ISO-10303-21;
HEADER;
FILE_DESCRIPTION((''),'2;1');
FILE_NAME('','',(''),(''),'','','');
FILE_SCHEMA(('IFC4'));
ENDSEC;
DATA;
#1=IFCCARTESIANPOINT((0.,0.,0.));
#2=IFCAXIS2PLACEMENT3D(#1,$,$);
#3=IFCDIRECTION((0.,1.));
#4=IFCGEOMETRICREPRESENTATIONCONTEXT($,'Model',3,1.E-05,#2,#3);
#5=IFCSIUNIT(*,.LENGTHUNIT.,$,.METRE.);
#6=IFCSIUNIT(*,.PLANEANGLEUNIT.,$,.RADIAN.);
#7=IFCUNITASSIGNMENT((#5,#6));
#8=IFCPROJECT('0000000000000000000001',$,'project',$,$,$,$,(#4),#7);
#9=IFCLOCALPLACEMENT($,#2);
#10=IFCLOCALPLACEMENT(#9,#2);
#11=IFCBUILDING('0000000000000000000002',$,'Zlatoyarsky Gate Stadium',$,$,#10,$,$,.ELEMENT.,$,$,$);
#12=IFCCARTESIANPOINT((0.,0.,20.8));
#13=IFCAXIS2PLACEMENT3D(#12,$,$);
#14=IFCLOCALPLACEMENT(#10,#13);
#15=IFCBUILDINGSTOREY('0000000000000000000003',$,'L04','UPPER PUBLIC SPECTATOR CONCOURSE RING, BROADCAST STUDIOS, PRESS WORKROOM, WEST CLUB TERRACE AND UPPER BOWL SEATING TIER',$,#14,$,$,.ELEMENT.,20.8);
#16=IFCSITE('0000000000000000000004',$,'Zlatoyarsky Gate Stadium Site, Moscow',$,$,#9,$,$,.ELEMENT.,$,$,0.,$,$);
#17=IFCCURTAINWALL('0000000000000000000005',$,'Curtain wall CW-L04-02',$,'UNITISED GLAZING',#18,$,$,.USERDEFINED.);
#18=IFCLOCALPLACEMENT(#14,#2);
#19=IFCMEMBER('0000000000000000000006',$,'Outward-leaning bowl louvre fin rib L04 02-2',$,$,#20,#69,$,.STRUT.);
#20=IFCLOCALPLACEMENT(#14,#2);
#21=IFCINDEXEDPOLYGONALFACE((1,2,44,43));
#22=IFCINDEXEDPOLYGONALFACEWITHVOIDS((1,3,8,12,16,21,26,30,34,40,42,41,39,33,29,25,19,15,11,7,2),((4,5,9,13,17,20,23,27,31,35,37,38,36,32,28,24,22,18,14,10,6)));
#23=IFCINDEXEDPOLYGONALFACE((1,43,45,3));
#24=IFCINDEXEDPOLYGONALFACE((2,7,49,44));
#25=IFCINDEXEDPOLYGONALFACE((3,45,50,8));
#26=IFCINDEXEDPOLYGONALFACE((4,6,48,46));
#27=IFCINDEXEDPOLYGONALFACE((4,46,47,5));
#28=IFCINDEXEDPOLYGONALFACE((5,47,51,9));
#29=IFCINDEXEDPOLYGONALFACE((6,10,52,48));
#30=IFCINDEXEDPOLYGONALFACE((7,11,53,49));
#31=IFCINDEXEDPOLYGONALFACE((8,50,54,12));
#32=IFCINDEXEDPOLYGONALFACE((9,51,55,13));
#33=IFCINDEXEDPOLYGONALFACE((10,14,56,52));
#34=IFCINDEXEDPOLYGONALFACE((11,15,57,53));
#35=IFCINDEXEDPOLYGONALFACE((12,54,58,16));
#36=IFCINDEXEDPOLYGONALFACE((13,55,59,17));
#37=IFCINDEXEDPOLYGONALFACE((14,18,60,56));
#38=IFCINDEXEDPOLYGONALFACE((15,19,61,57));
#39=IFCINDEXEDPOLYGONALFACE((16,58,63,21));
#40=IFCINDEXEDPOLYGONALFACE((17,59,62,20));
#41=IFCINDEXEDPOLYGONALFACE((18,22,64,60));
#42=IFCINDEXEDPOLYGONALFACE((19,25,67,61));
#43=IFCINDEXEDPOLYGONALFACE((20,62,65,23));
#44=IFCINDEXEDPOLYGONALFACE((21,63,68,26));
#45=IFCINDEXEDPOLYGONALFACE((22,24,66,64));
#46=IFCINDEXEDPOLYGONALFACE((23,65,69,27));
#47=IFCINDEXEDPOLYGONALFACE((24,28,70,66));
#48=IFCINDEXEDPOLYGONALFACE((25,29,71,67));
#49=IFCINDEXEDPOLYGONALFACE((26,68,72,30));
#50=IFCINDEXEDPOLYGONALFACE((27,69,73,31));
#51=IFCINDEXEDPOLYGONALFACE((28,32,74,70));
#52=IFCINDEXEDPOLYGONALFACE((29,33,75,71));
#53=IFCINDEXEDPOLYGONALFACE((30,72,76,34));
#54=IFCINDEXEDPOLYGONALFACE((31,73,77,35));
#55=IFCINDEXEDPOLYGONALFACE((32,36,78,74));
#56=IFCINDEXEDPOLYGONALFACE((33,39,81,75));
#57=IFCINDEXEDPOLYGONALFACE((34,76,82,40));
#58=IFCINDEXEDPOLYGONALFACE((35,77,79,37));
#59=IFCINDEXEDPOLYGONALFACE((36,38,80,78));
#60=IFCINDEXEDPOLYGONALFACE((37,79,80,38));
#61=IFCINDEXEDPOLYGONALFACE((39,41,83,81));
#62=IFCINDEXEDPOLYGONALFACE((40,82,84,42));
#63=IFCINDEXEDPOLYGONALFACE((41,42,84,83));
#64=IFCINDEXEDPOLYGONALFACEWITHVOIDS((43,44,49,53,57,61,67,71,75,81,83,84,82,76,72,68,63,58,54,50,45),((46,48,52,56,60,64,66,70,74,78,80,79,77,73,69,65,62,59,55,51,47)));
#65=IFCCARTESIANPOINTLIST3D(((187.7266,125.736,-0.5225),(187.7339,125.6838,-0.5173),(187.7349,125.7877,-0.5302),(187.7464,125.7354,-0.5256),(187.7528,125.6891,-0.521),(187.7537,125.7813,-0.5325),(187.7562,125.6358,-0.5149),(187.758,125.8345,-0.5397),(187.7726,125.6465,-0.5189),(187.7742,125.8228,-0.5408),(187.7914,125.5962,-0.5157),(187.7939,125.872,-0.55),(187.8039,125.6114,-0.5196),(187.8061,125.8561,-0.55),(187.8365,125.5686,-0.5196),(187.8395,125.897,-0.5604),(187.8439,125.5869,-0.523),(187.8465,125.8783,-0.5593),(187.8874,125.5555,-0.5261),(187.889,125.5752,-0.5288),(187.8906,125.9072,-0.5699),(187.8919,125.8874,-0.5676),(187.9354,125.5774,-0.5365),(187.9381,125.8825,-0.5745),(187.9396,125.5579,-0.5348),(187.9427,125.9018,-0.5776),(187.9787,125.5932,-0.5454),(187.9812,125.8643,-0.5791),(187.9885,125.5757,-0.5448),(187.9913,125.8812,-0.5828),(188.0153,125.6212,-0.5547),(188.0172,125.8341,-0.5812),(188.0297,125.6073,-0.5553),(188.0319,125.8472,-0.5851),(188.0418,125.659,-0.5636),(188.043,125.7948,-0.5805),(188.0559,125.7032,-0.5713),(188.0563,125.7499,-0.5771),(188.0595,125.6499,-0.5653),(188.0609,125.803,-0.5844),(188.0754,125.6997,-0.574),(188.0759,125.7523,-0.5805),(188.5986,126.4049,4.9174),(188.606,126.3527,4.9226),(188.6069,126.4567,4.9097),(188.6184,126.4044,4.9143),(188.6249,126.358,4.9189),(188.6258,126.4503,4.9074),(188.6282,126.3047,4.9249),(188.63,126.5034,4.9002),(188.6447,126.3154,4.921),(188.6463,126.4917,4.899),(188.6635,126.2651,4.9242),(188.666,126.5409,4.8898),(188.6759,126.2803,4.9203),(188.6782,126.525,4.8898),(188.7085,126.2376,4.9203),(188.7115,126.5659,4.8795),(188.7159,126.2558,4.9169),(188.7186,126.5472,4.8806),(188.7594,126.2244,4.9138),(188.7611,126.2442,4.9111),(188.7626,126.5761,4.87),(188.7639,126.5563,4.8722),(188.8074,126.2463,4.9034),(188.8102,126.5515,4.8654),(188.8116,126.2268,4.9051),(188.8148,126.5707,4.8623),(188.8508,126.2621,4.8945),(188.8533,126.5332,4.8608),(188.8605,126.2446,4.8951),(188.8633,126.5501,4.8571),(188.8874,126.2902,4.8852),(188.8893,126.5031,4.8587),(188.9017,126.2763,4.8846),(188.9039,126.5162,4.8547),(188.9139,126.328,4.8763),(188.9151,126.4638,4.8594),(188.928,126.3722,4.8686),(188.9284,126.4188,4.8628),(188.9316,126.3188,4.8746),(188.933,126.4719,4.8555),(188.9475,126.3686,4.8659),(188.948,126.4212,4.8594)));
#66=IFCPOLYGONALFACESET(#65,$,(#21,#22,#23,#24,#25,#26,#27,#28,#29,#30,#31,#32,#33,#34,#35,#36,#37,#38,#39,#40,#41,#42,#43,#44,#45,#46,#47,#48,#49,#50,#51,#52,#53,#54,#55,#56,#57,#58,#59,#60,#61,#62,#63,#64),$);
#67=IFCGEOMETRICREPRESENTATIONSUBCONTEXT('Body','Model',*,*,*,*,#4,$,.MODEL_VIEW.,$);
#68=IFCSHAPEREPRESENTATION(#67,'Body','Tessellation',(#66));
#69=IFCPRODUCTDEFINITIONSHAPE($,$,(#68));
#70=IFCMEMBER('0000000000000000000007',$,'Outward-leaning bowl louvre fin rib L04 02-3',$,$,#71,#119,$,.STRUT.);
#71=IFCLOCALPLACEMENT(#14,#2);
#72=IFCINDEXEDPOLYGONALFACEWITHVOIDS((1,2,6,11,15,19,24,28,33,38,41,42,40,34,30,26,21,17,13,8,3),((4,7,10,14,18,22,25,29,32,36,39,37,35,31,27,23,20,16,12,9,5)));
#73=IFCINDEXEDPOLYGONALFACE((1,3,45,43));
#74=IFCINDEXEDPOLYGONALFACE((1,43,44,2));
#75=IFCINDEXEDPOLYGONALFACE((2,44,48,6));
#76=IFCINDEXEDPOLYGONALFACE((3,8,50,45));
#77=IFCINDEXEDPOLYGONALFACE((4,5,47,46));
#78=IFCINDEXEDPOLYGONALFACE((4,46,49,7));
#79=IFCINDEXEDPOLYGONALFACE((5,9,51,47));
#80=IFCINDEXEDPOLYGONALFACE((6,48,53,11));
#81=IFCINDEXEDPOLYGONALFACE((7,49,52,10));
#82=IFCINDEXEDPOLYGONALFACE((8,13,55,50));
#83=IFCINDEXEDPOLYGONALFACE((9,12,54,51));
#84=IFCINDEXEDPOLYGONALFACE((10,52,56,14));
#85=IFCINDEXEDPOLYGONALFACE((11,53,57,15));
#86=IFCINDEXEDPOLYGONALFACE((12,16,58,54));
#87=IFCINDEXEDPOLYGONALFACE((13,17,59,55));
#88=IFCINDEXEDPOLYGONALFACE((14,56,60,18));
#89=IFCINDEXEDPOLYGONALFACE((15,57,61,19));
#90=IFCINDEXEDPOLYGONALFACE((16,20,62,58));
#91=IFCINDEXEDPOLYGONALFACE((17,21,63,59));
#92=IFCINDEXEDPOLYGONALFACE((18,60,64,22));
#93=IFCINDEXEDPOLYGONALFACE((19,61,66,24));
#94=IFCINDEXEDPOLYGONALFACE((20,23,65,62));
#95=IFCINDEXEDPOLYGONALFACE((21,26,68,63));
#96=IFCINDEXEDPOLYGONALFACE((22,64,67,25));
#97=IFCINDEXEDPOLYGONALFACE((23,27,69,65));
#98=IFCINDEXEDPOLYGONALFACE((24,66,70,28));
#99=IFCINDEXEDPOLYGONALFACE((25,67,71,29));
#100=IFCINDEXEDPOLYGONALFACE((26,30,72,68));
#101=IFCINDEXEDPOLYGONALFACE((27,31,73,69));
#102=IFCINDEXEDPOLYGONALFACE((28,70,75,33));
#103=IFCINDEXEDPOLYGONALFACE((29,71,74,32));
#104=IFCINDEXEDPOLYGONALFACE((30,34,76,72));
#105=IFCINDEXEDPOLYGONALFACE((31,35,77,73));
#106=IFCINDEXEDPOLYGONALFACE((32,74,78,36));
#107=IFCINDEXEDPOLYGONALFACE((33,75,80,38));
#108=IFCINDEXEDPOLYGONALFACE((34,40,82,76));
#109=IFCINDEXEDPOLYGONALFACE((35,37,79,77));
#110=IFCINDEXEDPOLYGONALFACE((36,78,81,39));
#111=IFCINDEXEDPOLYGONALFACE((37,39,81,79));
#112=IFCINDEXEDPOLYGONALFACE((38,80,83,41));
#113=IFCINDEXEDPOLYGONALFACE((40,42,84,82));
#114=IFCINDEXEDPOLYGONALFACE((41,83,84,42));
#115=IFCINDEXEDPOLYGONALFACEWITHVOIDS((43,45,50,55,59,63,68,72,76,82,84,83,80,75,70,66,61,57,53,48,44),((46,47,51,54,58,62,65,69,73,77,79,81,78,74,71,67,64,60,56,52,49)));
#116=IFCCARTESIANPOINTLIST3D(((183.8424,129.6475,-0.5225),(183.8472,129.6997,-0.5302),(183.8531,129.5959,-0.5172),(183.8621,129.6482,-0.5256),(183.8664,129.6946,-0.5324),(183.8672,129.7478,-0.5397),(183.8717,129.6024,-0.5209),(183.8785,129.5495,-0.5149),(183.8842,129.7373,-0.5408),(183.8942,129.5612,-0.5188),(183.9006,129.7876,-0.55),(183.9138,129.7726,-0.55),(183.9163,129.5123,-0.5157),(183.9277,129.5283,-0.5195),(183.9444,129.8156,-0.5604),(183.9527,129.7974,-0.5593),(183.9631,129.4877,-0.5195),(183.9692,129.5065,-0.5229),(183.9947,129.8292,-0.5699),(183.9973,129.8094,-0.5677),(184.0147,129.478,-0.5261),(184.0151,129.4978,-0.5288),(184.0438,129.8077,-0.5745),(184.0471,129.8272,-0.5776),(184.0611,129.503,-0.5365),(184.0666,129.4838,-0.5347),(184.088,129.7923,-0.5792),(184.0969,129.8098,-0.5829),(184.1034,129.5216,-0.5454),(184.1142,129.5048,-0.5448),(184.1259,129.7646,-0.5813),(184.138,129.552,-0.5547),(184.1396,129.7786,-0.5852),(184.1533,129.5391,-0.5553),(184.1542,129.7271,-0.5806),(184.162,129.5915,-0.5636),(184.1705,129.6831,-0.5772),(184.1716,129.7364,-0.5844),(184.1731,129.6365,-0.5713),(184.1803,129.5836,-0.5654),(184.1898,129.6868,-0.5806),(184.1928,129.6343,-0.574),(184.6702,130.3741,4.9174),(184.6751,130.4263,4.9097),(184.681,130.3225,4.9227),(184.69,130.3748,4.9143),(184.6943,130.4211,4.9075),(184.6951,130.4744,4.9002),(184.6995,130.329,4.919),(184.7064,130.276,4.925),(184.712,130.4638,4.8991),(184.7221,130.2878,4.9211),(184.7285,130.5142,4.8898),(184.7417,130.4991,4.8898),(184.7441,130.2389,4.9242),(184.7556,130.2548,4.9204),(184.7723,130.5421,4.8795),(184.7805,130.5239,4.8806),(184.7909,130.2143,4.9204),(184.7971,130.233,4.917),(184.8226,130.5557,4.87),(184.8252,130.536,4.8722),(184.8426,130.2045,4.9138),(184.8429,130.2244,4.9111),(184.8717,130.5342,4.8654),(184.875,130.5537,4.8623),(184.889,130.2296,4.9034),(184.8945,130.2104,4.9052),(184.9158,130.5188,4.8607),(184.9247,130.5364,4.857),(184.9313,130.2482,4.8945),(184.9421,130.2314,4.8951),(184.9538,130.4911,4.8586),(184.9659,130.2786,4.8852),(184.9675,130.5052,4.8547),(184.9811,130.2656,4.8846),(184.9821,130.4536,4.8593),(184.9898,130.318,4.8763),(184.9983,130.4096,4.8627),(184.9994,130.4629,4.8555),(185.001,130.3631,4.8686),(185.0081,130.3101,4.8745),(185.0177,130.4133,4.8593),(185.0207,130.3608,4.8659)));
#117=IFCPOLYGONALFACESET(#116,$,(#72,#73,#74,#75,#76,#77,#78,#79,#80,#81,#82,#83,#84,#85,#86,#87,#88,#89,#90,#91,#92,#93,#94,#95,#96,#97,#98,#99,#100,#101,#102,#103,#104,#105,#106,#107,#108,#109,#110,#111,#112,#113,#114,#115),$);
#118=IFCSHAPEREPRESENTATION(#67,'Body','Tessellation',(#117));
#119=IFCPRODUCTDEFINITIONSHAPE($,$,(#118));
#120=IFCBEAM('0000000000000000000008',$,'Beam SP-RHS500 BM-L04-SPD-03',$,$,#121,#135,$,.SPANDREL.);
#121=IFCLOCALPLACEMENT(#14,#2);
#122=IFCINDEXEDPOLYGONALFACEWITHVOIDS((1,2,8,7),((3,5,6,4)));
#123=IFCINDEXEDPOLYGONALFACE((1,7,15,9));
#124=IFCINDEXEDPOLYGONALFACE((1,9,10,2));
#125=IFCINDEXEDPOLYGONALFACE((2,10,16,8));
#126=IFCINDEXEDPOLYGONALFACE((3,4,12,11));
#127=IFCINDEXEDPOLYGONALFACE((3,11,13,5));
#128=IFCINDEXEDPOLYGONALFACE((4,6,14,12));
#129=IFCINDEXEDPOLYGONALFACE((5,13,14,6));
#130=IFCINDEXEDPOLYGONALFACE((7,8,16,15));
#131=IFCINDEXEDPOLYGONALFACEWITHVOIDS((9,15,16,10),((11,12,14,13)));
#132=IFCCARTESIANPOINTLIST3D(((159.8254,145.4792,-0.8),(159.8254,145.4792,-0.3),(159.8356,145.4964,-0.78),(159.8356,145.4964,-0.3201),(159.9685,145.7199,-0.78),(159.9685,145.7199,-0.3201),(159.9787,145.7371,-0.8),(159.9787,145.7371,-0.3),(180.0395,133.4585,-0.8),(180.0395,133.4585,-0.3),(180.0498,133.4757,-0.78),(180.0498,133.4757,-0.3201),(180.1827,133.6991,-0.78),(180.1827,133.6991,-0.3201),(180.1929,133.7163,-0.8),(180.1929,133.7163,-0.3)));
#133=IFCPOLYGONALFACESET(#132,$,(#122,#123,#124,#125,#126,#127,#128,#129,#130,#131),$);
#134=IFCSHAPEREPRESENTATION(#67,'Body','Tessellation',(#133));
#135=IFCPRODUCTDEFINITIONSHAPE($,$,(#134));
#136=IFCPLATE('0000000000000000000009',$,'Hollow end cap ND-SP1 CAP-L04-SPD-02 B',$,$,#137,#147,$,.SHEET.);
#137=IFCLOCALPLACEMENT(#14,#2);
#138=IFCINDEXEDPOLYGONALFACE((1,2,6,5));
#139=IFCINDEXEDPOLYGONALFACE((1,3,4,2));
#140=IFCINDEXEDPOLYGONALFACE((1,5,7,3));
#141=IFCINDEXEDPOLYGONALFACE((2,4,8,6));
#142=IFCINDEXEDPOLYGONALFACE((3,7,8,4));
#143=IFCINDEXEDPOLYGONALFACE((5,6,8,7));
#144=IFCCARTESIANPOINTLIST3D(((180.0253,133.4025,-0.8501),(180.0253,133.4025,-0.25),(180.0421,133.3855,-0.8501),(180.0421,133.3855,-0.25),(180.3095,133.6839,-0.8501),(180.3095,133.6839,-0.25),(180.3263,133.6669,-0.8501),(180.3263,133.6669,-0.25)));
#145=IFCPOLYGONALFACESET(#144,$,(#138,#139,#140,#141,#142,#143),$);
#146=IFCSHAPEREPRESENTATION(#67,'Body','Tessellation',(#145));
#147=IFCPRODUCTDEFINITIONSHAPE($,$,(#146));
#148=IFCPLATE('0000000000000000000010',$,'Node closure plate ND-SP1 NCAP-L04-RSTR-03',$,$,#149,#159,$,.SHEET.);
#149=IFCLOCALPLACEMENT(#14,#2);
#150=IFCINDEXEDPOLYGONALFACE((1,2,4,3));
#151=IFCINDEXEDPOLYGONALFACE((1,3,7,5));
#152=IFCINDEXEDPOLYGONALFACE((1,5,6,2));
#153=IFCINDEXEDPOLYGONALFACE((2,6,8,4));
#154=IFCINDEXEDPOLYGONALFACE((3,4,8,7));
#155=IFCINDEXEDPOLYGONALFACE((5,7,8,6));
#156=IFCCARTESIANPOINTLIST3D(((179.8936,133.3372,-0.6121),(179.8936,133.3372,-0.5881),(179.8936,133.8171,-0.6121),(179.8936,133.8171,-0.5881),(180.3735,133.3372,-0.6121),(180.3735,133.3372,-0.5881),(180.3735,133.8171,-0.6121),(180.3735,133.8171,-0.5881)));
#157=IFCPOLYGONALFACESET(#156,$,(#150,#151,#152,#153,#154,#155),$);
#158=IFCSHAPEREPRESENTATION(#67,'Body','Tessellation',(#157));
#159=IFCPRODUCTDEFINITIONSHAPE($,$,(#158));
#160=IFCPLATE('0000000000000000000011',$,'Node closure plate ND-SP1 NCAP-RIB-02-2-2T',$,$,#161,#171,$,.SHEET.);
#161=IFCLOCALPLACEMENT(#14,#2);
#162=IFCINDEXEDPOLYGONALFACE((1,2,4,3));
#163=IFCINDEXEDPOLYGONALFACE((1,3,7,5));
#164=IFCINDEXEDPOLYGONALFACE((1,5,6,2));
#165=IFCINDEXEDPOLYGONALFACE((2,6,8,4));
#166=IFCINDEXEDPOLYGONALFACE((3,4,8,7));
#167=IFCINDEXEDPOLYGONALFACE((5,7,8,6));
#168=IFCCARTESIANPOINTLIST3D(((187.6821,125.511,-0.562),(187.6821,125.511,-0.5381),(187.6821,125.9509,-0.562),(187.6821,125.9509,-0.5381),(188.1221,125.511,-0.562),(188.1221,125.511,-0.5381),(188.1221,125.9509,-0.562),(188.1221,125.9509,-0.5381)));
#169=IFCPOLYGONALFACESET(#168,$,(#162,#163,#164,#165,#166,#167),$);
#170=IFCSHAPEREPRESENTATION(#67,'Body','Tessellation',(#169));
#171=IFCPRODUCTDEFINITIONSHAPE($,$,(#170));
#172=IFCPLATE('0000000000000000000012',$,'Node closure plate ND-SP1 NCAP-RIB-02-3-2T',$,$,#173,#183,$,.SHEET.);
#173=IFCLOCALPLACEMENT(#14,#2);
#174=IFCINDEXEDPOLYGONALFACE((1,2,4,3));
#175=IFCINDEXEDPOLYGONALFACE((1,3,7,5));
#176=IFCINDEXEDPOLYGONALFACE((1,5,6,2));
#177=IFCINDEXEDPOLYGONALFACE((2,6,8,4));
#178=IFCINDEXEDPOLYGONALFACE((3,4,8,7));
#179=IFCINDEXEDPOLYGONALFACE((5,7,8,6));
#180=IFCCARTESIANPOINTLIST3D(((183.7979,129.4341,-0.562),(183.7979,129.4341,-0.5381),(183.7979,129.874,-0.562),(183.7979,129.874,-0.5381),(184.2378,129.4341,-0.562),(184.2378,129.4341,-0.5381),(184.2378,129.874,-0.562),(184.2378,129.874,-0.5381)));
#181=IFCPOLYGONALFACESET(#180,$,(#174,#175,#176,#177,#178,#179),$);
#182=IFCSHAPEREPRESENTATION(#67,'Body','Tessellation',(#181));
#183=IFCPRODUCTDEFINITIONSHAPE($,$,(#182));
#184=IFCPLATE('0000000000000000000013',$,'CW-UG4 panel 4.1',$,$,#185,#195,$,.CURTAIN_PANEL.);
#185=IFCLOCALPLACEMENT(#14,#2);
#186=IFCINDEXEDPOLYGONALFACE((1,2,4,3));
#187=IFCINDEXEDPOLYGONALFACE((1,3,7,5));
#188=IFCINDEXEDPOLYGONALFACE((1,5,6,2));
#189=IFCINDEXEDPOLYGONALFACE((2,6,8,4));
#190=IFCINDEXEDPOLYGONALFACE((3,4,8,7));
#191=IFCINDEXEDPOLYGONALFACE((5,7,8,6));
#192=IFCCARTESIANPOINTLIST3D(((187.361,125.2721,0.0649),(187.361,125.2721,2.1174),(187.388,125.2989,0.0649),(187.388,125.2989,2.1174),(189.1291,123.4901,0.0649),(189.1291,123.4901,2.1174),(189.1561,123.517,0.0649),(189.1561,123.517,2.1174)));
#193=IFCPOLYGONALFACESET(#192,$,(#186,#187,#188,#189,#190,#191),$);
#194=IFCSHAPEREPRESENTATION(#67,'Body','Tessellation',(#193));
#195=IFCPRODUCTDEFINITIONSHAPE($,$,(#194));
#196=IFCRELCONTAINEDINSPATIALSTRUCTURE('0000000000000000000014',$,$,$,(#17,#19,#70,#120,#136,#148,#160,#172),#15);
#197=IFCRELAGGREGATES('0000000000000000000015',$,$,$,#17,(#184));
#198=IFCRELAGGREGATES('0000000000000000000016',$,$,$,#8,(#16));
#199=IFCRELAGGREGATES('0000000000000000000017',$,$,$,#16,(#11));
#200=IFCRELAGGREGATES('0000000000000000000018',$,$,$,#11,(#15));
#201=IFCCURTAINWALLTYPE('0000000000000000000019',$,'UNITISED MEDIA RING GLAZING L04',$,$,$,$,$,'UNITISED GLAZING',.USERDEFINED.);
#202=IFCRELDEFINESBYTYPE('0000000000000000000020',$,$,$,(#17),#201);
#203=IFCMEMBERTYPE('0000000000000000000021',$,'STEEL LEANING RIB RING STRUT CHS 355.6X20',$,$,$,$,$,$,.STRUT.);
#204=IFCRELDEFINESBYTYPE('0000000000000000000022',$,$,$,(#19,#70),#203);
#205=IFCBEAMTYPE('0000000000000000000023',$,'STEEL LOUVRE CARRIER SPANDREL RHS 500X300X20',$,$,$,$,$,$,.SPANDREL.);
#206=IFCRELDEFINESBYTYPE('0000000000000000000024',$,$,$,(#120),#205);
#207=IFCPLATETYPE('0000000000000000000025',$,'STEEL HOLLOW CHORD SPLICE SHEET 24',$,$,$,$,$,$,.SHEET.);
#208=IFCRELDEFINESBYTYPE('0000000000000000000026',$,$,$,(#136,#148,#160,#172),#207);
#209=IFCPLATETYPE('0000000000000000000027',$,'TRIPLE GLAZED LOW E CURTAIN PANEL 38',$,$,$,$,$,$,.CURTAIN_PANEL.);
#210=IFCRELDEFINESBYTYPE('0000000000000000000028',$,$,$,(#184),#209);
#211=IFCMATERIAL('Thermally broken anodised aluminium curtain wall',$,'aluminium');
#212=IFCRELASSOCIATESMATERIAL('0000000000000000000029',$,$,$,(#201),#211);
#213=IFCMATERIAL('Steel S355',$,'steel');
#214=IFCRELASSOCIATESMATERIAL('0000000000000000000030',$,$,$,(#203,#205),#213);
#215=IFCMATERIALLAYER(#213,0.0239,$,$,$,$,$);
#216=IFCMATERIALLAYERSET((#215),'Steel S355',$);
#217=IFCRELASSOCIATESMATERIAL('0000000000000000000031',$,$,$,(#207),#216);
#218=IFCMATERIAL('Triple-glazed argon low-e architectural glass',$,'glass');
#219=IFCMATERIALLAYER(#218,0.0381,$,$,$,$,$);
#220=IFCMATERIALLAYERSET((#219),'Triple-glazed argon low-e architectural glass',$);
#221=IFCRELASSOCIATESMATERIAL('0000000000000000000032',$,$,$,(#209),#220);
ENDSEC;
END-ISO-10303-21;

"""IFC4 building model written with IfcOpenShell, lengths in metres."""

from ifc_helpers import new_model, si_unit, direction, frame, origin, origin_2d, place, context, subcontext, project, spatial, rectangle, hollow_rectangle, hollow_circle, extrude, material, layer, layer_set, material_profile, profile_set, type_object, element, aggregate, save


model = new_model("IFC4")

# Units and contexts
model_context = context("Model", 3, precision=1e-05, world=origin(), true_north=direction((0.0, 1.0)))
body_context = subcontext(model_context, "Body", "Model", "MODEL_VIEW")
ifc_project = project(units=[si_unit("LENGTHUNIT", "METRE"), si_unit("PLANEANGLEUNIT", "RADIAN")], contexts=[model_context])

# Site, building, storey
site_placement = place(None, origin())
site = spatial("IfcSite", under=ifc_project, at=site_placement, Name="Zlatoyarsky Gate Stadium Site, Moscow", CompositionType="ELEMENT", RefElevation=0.0)
building_placement = place(site_placement, origin())
building = spatial("IfcBuilding", under=site, at=building_placement, Name="Zlatoyarsky Gate Stadium", CompositionType="ELEMENT")
storey_placement = place(building_placement, frame((0.0, 0.0, 20.8)))
storey = spatial("IfcBuildingStorey", under=building, at=storey_placement, Name="L04", Description="UPPER PUBLIC SPECTATOR CONCOURSE RING, BROADCAST STUDIOS, PRESS WORKROOM, WEST CLUB TERRACE AND UPPER BOWL SEATING TIER", CompositionType="ELEMENT", Elevation=20.8)

# Curtain wall
ifc_material_1 = material(Name="Thermally broken anodised aluminium curtain wall", Category="aluminium")
curtain_wall_type = type_object("IfcCurtainWallType", Name="UNITISED MEDIA RING GLAZING L04", ElementType="UNITISED GLAZING", PredefinedType="USERDEFINED", material=ifc_material_1)
curtain_wall_placement = place(storey_placement, origin())
curtain_wall = element("IfcCurtainWall", 1, at=curtain_wall_placement, inside=storey, type_object=curtain_wall_type, Name="Curtain wall CW-L04-02", ObjectType="UNITISED GLAZING", PredefinedType="USERDEFINED")

# Members
ifc_material_2 = material(Name="Steel S355", Category="steel")
ifc_material_profile_1 = material_profile(ifc_material_2, hollow_circle(Radius=0.1777, WallThickness=0.02, at=origin_2d()), Name="CHS 355.6X20")
ifc_profile_set_1 = profile_set([ifc_material_profile_1], Name="Steel S355")
member_type_1 = type_object("IfcMemberType", Name="STEEL LEANING RIB RING STRUT CHS 355.6X20", PredefinedType="STRUT", material=ifc_profile_set_1)
member_1_placement = place(storey_placement, frame((187.9021, 125.731, -0.55), z_axis=(0.157134, 0.120534, 0.980194), x_axis=(-0.608637, 0.793449, 0.0)))
element("IfcMember", 2, at=member_1_placement, inside=storey, type_object=member_type_1, Name="Outward-leaning bowl louvre fin rib L04 02-2", PredefinedType="STRUT", context=body_context, shape_type="SweptSolid", body=[
    extrude(hollow_circle(Radius=0.1777, WallThickness=0.02, at=origin_2d()), origin(), (0.0, 0.0, 1.0), 5.5498),
])
member_2_placement = place(storey_placement, frame((184.0178, 129.6541, -0.55), z_axis=(0.149159, 0.130904, 0.98011), x_axis=(-0.659618, 0.751601, 0.0)))
element("IfcMember", 3, at=member_2_placement, inside=storey, type_object=member_type_1, Name="Outward-leaning bowl louvre fin rib L04 02-3", PredefinedType="STRUT", context=body_context, shape_type="SweptSolid", body=[
    extrude(hollow_circle(Radius=0.1777, WallThickness=0.02, at=origin_2d()), origin(), (0.0, 0.0, 1.0), 5.5503),
])

# Beam
ifc_material_profile_2 = material_profile(ifc_material_2, hollow_rectangle(XDim=0.3, YDim=0.5, WallThickness=0.02, at=origin_2d()), Name="RHS 500X300X20")
ifc_profile_set_2 = profile_set([ifc_material_profile_2], Name="Steel S355")
beam_type = type_object("IfcBeamType", Name="STEEL LOUVRE CARRIER SPANDREL RHS 500X300X20", PredefinedType="SPANDREL", material=ifc_profile_set_2)
beam_placement = place(storey_placement, frame((180.1162, 133.5874, -0.55), z_axis=(-0.859507, 0.511124, 0.0), x_axis=(-0.511124, -0.859507, 0.0)))
element("IfcBeam", 4, at=beam_placement, inside=storey, type_object=beam_type, Name="Beam SP-RHS500 BM-L04-SPD-03", PredefinedType="SPANDREL", context=body_context, shape_type="SweptSolid", body=[
    extrude(hollow_rectangle(XDim=0.3, YDim=0.5, WallThickness=0.02, at=origin_2d()), origin(), (0.0, 0.0, 1.0), 23.5183),
])

# Plates
ifc_layer_1 = layer(ifc_material_2, 0.0239)
ifc_layer_set_1 = layer_set([ifc_layer_1], Name="Steel S355")
plate_type_1 = type_object("IfcPlateType", Name="STEEL HOLLOW CHORD SPLICE SHEET 24", PredefinedType="SHEET", material=ifc_layer_set_1)
plate_1_placement = place(storey_placement, frame((180.1758, 133.5347, -0.8501), z_axis=(0.0, 0.0, 1.0), x_axis=(-0.703591, 0.710605, 0.0)))
element("IfcPlate", 5, at=plate_1_placement, inside=storey, type_object=plate_type_1, Name="Hollow end cap ND-SP1 CAP-L04-SPD-02 B", PredefinedType="SHEET", context=body_context, shape_type="SweptSolid", body=[
    extrude(rectangle(XDim=0.0239, YDim=0.3999, at=origin_2d()), origin(), (0.0, 0.0, 1.0), 0.6001),
])
plate_2_placement = place(storey_placement, frame((180.1335, 133.5771, -0.6121), z_axis=(0.0, 0.0, 1.0), x_axis=(1.0, 0.0, 0.0)))
element("IfcPlate", 6, at=plate_2_placement, inside=storey, type_object=plate_type_1, Name="Node closure plate ND-SP1 NCAP-L04-RSTR-03", PredefinedType="SHEET", context=body_context, shape_type="SweptSolid", body=[
    extrude(rectangle(XDim=0.48, YDim=0.48, at=origin_2d()), origin(), (0.0, 0.0, 1.0), 0.0239),
])
for number, where, z_axis, x_axis, name in (
    (7, (187.9021, 125.731, -0.562), (0.0, 0.0, 1.0), (1.0, 0.0, 0.0), "Node closure plate ND-SP1 NCAP-RIB-02-2-2T"),
    (8, (184.0178, 129.6541, -0.562), (0.0, 0.0, 1.0), (1.0, 0.0, 0.0), "Node closure plate ND-SP1 NCAP-RIB-02-3-2T"),
):
    element("IfcPlate", number, at=place(storey_placement, frame(where, z_axis=z_axis, x_axis=x_axis)), inside=storey, type_object=plate_type_1, Name=name, PredefinedType="SHEET", context=body_context, shape_type="SweptSolid", body=[
        extrude(rectangle(XDim=0.4399, YDim=0.4399, at=origin_2d()), origin(), (0.0, 0.0, 1.0), 0.0239),
    ])

# Plate
ifc_material_3 = material(Name="Triple-glazed argon low-e architectural glass", Category="glass")
ifc_layer_2 = layer(ifc_material_3, 0.0381)
ifc_layer_set_2 = layer_set([ifc_layer_2], Name="Triple-glazed argon low-e architectural glass")
plate_type_2 = type_object("IfcPlateType", Name="TRIPLE GLAZED LOW E CURTAIN PANEL 38", PredefinedType="CURTAIN_PANEL", material=ifc_layer_set_2)
plate_3_placement = place(storey_placement, frame((188.2585, 124.3945, 0.0649), z_axis=(0.0, 0.0, 1.0), x_axis=(-0.704332, 0.709871, 0.0)))
plate_3 = element("IfcPlate", 9, at=plate_3_placement, type_object=plate_type_2, Name="CW-UG4 panel 4.1", PredefinedType="CURTAIN_PANEL", context=body_context, shape_type="SweptSolid", body=[
    extrude(rectangle(XDim=2.5103, YDim=0.0381, at=origin_2d()), origin(), (0.0, 0.0, 1.0), 2.0525),
])
aggregate(curtain_wall, [plate_3])

save(model, "model.ifc")
